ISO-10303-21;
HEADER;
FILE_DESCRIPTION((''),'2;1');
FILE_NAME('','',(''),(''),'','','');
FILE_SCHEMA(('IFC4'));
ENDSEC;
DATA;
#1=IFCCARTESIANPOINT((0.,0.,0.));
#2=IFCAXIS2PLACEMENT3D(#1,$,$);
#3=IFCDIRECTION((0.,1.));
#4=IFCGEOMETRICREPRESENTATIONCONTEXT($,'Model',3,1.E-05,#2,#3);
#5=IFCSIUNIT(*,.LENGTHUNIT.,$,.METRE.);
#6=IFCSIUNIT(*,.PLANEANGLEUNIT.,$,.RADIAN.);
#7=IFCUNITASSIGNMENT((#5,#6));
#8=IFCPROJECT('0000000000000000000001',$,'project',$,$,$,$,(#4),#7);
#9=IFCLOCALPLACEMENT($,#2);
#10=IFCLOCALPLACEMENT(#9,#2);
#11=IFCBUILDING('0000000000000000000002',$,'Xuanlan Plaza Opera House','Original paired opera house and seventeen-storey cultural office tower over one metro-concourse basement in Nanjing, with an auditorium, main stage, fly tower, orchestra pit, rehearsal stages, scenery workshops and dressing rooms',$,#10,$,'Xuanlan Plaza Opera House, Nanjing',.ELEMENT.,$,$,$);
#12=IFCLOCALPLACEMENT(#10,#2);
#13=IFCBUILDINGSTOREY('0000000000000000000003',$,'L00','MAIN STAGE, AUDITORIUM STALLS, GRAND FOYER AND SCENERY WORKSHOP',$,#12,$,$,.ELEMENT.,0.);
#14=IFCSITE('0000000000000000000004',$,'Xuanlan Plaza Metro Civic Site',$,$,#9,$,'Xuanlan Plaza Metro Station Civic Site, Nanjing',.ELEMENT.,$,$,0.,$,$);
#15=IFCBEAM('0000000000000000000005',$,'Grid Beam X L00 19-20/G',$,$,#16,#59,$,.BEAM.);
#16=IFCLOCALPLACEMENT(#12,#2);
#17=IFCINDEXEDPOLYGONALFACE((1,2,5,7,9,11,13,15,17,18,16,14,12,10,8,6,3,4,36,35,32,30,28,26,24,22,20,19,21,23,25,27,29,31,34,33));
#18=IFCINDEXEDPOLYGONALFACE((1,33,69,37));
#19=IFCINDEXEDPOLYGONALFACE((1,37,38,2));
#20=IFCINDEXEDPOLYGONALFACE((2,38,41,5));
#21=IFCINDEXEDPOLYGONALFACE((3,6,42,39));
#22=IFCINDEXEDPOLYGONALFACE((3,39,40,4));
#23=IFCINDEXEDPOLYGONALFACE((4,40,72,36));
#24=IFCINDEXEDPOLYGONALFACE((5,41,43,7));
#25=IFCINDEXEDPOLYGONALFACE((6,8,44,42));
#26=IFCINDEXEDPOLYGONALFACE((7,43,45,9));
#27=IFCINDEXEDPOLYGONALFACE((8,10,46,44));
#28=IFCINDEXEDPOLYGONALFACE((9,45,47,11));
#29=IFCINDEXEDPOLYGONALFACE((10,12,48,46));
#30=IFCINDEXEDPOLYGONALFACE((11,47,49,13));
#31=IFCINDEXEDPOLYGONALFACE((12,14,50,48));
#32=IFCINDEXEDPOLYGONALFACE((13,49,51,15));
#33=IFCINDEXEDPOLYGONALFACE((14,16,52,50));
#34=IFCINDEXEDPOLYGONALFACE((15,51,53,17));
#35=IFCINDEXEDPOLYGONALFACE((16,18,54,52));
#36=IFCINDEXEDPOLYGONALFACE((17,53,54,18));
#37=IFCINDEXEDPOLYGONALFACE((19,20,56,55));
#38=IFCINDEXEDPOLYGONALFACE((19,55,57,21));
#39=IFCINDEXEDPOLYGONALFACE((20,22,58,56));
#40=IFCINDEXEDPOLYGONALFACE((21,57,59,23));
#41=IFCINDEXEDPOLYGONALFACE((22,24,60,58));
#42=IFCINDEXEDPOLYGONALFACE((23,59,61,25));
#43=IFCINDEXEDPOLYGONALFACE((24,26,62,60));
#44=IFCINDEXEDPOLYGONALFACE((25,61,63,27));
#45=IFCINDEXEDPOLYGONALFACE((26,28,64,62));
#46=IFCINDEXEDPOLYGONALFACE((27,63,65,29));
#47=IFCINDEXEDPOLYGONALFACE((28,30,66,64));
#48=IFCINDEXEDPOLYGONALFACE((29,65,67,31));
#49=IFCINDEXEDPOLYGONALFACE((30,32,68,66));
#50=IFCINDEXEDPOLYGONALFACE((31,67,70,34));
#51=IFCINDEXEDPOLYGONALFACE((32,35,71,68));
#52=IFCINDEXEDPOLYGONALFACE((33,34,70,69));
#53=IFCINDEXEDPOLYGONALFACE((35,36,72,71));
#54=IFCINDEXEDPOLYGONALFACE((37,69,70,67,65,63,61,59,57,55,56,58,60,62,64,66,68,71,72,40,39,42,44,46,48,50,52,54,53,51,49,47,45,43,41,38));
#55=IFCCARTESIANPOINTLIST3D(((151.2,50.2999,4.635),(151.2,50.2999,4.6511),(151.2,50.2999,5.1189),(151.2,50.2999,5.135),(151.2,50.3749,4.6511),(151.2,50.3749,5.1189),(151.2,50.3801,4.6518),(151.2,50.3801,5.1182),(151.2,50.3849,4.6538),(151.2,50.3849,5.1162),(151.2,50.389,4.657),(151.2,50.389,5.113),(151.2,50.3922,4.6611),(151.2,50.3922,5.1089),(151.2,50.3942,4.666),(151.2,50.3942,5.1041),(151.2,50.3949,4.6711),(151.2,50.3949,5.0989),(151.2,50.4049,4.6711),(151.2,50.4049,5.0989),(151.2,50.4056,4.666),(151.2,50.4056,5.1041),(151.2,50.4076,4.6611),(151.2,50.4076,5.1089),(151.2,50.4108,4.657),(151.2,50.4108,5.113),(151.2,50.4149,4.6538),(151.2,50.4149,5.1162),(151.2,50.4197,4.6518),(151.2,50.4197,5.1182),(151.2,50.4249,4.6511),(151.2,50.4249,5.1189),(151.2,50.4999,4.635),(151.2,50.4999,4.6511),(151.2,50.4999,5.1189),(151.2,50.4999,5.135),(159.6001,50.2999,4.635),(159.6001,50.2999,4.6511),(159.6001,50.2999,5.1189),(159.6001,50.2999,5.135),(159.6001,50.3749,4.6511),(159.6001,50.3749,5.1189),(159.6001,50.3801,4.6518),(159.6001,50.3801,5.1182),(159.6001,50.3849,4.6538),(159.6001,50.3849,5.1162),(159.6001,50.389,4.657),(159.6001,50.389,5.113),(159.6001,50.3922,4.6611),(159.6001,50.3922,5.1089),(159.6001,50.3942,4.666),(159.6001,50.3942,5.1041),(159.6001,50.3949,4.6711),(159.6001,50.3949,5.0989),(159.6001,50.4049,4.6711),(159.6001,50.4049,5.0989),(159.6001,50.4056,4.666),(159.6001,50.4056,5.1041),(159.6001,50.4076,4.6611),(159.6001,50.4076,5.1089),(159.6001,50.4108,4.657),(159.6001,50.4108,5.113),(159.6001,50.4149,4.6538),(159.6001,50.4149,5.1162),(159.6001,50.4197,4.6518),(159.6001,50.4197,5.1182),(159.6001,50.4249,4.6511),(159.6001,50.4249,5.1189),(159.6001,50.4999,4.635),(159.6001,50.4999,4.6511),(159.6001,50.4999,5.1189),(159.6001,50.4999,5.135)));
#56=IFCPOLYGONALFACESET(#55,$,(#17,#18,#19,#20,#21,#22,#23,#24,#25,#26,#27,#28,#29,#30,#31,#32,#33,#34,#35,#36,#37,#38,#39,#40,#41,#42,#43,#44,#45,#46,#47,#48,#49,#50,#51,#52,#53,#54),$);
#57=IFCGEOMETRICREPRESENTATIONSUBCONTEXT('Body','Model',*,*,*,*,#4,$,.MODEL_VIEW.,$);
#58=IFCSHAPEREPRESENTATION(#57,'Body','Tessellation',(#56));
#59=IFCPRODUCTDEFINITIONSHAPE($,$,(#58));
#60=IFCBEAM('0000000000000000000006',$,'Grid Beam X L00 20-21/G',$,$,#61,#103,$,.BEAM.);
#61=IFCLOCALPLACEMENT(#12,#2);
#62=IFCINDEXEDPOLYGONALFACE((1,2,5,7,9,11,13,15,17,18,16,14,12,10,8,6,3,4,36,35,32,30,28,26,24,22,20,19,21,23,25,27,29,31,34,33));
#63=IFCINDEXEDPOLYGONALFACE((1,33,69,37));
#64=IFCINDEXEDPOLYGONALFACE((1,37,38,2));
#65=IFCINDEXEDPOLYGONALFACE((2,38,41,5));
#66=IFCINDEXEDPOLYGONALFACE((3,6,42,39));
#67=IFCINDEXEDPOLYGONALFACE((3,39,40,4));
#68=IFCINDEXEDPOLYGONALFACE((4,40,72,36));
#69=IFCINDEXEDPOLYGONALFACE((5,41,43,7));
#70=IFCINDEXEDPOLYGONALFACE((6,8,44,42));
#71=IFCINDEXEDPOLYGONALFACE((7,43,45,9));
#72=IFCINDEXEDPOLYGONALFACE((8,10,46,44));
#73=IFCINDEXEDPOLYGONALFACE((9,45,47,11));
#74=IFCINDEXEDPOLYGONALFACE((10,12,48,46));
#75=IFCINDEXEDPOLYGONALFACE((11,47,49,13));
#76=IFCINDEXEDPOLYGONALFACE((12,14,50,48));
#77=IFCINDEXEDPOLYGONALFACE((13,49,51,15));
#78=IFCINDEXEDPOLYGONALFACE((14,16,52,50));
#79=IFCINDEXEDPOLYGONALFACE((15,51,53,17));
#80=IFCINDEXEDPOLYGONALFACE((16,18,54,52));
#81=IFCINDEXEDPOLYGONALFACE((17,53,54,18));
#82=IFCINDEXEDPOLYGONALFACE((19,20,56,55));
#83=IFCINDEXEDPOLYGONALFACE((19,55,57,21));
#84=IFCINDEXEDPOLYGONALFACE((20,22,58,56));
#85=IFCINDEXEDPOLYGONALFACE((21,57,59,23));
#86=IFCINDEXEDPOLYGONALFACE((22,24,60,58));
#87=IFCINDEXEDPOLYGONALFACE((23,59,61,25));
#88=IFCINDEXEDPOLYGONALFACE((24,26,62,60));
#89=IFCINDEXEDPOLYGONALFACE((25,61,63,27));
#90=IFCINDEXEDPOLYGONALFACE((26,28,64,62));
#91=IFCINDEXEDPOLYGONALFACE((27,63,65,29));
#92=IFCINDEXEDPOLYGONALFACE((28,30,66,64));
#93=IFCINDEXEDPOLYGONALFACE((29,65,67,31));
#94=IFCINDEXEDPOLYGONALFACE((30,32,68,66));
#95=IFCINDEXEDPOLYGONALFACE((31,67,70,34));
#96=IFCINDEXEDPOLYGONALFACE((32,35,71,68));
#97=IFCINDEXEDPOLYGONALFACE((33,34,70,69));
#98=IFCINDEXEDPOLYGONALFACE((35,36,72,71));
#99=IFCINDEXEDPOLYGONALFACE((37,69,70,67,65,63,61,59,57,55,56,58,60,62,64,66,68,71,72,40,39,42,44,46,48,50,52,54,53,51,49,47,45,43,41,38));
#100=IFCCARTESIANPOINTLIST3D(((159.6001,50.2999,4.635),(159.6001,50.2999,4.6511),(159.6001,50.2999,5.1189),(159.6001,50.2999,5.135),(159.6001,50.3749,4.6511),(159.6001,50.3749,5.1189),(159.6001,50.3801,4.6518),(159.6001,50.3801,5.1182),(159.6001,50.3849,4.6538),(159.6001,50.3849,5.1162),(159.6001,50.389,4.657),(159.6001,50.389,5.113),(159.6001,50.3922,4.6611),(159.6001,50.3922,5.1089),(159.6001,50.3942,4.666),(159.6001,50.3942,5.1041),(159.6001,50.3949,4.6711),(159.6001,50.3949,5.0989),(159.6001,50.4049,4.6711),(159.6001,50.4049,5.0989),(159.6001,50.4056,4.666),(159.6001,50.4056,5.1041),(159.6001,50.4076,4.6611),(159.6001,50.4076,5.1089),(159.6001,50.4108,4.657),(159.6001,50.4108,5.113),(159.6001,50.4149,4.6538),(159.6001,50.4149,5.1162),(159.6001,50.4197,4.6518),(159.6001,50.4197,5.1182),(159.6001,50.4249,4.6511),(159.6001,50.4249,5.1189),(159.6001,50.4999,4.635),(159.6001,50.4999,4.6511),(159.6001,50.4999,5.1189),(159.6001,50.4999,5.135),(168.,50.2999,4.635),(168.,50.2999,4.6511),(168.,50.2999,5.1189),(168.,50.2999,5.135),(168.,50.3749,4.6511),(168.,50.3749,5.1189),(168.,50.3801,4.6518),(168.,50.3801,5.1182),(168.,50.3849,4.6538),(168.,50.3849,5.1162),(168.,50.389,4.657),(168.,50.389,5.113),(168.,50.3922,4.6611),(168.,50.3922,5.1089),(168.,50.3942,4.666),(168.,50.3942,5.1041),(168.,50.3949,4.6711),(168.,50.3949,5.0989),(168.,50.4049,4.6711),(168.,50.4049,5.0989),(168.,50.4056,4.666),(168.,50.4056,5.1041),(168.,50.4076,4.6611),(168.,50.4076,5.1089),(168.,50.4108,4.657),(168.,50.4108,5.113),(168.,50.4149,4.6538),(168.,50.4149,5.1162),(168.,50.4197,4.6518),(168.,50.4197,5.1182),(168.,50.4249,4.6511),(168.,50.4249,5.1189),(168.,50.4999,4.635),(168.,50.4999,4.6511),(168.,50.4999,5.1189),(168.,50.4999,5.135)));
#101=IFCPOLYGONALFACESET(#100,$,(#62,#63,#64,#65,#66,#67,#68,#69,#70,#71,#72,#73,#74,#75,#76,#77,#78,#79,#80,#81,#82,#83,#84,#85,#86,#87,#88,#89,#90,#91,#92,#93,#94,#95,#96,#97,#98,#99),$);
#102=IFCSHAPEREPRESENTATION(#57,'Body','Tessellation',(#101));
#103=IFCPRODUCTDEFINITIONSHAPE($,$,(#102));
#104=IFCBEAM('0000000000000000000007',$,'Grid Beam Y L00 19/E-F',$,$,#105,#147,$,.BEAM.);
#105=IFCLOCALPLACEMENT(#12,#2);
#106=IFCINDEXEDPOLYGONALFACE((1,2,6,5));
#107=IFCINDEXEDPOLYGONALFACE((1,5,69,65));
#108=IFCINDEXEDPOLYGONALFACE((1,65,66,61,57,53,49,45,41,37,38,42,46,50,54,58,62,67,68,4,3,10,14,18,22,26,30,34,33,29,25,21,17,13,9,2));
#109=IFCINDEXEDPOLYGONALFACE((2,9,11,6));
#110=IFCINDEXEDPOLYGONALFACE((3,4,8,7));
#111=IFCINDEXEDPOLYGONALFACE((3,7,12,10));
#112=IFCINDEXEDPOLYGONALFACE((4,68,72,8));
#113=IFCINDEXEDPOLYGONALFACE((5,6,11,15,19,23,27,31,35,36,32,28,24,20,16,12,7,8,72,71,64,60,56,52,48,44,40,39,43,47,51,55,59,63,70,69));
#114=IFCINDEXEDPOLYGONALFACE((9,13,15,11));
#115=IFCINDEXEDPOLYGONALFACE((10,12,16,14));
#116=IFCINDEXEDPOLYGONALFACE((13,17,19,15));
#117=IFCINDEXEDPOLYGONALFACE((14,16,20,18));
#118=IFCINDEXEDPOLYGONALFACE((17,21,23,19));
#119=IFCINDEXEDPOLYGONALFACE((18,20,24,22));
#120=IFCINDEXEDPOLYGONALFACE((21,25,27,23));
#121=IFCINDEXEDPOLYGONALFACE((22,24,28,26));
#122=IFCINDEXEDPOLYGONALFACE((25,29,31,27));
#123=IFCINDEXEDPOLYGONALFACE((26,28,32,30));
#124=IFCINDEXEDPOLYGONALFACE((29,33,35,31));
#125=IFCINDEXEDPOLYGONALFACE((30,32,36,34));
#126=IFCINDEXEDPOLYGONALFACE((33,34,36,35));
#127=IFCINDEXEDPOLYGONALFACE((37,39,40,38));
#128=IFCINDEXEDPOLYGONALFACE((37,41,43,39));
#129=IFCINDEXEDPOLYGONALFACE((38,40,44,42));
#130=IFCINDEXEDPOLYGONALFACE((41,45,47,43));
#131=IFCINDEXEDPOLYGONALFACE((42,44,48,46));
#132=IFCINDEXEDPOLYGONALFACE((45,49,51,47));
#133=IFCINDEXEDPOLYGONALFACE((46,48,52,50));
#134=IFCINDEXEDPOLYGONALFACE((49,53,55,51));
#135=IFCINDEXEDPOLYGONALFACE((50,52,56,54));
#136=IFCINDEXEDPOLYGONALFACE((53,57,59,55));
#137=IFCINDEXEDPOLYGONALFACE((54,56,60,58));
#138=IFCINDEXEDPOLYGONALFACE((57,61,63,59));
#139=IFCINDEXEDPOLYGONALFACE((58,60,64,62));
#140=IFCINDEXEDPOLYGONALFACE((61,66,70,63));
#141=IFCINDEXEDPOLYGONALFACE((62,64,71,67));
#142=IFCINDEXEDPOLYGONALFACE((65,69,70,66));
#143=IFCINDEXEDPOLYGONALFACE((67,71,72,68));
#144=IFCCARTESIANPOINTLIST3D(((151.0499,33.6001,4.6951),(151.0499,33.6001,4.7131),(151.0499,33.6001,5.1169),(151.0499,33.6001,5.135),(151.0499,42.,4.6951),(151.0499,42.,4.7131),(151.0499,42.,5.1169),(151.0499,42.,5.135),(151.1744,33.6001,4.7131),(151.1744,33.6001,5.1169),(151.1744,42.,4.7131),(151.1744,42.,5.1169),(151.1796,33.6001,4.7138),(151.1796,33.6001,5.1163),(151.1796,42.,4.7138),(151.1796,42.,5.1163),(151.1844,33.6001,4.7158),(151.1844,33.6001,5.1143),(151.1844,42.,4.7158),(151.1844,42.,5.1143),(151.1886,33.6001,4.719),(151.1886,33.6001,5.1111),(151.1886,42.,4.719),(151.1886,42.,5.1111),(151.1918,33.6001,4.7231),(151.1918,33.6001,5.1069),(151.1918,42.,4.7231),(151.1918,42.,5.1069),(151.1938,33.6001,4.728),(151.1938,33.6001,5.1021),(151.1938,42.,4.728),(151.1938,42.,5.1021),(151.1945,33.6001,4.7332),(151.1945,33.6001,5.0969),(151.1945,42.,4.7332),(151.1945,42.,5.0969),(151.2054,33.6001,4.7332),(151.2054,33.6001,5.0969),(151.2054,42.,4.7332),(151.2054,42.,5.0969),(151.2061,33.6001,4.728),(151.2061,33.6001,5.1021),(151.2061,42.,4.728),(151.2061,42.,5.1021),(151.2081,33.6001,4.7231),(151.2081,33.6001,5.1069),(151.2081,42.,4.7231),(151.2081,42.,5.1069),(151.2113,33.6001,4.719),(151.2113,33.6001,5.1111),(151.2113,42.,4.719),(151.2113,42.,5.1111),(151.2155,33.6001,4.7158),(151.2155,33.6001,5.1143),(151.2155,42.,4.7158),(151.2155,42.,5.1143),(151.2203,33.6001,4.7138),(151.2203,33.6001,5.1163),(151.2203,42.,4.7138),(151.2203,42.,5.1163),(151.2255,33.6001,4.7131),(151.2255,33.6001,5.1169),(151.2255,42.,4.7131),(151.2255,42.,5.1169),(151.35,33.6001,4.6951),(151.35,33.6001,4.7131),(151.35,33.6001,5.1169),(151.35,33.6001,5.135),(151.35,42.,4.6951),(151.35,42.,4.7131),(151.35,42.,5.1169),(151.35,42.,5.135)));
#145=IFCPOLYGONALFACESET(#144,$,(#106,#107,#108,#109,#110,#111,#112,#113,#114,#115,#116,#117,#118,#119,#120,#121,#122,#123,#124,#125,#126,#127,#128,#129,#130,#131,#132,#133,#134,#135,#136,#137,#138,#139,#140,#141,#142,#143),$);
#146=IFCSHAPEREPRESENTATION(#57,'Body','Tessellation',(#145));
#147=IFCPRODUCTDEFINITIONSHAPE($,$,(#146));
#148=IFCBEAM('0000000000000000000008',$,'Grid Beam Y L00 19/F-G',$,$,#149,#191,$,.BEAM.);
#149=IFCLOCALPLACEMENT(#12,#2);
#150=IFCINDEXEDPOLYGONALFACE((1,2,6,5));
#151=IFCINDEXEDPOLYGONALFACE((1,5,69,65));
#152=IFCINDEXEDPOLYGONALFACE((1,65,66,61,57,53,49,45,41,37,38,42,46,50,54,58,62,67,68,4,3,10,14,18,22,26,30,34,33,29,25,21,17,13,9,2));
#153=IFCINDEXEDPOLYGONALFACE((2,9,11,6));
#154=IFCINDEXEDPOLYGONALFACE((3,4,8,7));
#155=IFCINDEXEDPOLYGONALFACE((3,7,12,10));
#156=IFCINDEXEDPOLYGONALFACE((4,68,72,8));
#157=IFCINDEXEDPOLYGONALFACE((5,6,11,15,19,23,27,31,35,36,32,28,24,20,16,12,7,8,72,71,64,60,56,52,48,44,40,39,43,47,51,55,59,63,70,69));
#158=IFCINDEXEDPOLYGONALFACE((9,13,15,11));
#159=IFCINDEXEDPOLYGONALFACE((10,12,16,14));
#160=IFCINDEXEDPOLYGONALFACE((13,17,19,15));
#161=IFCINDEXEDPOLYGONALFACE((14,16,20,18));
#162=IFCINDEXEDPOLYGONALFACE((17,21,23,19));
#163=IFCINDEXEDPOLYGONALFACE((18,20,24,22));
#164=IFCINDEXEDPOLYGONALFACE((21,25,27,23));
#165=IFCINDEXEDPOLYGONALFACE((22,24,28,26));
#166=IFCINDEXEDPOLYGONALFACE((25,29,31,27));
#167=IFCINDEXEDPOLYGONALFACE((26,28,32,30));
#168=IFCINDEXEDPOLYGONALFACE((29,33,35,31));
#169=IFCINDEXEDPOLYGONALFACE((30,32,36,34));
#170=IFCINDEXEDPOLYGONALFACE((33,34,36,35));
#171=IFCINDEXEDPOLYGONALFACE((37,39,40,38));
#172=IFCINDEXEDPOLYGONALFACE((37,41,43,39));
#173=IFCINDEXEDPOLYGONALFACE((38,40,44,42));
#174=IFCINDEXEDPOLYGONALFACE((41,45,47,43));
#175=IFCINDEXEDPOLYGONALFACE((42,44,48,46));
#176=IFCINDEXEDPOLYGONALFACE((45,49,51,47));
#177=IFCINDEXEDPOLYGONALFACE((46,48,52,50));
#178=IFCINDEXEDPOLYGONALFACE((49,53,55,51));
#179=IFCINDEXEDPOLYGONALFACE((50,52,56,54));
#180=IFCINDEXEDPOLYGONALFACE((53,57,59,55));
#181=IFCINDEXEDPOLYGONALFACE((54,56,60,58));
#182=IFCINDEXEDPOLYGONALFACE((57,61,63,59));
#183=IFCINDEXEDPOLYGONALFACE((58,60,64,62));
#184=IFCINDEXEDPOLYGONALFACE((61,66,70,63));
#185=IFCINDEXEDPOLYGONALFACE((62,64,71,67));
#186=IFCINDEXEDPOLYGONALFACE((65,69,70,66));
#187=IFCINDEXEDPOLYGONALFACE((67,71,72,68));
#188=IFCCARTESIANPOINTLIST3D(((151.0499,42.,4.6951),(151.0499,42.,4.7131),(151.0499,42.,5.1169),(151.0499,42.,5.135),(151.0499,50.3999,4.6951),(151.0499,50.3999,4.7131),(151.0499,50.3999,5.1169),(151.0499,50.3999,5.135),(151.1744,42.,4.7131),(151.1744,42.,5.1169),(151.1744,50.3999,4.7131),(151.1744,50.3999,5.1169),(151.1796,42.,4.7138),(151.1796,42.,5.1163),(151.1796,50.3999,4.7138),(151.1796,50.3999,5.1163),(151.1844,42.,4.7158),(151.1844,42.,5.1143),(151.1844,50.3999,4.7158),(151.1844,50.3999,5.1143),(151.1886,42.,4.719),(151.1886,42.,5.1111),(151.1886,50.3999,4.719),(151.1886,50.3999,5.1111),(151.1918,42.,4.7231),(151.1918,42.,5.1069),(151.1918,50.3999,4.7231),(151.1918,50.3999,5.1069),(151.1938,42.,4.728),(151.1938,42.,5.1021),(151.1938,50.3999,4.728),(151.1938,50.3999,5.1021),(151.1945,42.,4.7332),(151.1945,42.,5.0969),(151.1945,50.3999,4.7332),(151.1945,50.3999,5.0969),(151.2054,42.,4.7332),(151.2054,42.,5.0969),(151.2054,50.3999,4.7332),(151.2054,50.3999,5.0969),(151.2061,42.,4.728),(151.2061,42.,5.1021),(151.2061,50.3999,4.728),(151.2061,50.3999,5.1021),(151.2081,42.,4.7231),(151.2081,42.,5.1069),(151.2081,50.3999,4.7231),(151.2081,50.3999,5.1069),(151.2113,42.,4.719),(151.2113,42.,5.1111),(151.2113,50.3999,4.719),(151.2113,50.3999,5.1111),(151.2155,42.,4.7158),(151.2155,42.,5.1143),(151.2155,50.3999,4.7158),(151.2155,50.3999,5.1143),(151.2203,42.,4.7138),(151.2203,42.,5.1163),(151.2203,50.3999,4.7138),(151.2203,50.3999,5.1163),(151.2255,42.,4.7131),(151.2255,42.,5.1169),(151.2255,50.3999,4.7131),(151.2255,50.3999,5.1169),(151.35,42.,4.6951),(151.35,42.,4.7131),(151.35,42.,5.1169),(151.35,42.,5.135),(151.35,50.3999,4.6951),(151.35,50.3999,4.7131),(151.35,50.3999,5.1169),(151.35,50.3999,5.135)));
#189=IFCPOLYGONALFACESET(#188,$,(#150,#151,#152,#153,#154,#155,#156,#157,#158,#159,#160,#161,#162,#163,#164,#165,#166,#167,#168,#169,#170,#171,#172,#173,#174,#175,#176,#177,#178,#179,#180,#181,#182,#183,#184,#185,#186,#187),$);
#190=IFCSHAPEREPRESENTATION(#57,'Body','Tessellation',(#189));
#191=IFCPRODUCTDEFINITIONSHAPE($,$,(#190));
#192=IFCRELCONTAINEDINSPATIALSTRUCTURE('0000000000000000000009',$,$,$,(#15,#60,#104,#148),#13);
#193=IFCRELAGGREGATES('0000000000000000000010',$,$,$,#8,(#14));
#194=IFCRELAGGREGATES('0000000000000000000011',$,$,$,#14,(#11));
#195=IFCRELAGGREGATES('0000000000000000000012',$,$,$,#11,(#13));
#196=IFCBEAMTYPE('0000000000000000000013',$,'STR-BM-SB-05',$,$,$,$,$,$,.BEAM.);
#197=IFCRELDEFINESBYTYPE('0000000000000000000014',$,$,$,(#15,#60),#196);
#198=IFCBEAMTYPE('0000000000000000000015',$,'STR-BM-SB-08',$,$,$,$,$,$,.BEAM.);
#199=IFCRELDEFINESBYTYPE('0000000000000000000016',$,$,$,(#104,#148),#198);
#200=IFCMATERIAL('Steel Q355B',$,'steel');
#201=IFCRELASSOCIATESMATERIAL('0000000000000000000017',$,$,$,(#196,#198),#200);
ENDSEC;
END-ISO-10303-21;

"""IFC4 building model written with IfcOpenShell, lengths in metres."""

from ifc_helpers import new_model, si_unit, direction, frame, origin, origin_2d, place, context, subcontext, project, spatial, i_section, extrude, material, material_profile, profile_set, type_object, element, save


model = new_model("IFC4")

# Units and contexts
model_context = context("Model", 3, precision=1e-05, world=origin(), true_north=direction((0.0, 1.0)))
body_context = subcontext(model_context, "Body", "Model", "MODEL_VIEW")
ifc_project = project(units=[si_unit("LENGTHUNIT", "METRE"), si_unit("PLANEANGLEUNIT", "RADIAN")], contexts=[model_context])

# Site, building, storey
site_placement = place(None, origin())
site = spatial("IfcSite", under=ifc_project, at=site_placement, Name="Xuanlan Plaza Metro Civic Site", LongName="Xuanlan Plaza Metro Station Civic Site, Nanjing", CompositionType="ELEMENT", RefElevation=0.0)
building_placement = place(site_placement, origin())
building = spatial("IfcBuilding", under=site, at=building_placement, Name="Xuanlan Plaza Opera House", Description="Original paired opera house and seventeen-storey cultural office tower over one metro-concourse basement in Nanjing, with an auditorium, main stage, fly tower, orchestra pit, rehearsal stages, scenery workshops and dressing rooms", LongName="Xuanlan Plaza Opera House, Nanjing", CompositionType="ELEMENT")
storey_placement = place(building_placement, origin())
storey = spatial("IfcBuildingStorey", under=building, at=storey_placement, Name="L00", Description="MAIN STAGE, AUDITORIUM STALLS, GRAND FOYER AND SCENERY WORKSHOP", CompositionType="ELEMENT", Elevation=0.0)

# Beams
ifc_material_1 = material(Name="Steel Q355B", Category="steel")
ifc_material_profile_1 = material_profile(ifc_material_1, i_section(OverallWidth=0.2, OverallDepth=0.5, WebThickness=0.01, FlangeThickness=0.0161, FilletRadius=0.02, at=origin_2d()), Name="HN 500x200x10x16")
ifc_profile_set_1 = profile_set([ifc_material_profile_1], Name="Steel Q355B")
beam_type_1 = type_object("IfcBeamType", Name="STR-BM-SB-05", PredefinedType="BEAM", material=ifc_profile_set_1)
beam_1_placement = place(storey_placement, frame((151.2, 50.3999, 4.885), z_axis=(1.0, 0.0, 0.0), x_axis=(0.0, 1.0, 0.0)))
element("IfcBeam", 1, at=beam_1_placement, inside=storey, type_object=beam_type_1, Name="Grid Beam X L00 19-20/G", PredefinedType="BEAM", context=body_context, shape_type="SweptSolid", body=[
    extrude(i_section(OverallWidth=0.2, OverallDepth=0.5, WebThickness=0.01, FlangeThickness=0.0161, FilletRadius=0.02, at=origin_2d()), origin(), (0.0, 0.0, 1.0), 8.4001),
])
beam_2_placement = place(storey_placement, frame((159.6001, 50.3999, 4.885), z_axis=(1.0, 0.0, 0.0), x_axis=(0.0, 1.0, 0.0)))
element("IfcBeam", 2, at=beam_2_placement, inside=storey, type_object=beam_type_1, Name="Grid Beam X L00 20-21/G", PredefinedType="BEAM", context=body_context, shape_type="SweptSolid", body=[
    extrude(i_section(OverallWidth=0.2, OverallDepth=0.5, WebThickness=0.01, FlangeThickness=0.0161, FilletRadius=0.02, at=origin_2d()), origin(), (0.0, 0.0, 1.0), 8.3999),
])
ifc_material_profile_2 = material_profile(ifc_material_1, i_section(OverallWidth=0.3, OverallDepth=0.4399, WebThickness=0.011, FlangeThickness=0.0181, FilletRadius=0.02, at=origin_2d()), Name="HM 440x300x11x18")
ifc_profile_set_2 = profile_set([ifc_material_profile_2], Name="Steel Q355B")
beam_type_2 = type_object("IfcBeamType", Name="STR-BM-SB-08", PredefinedType="BEAM", material=ifc_profile_set_2)
for number, where, z_axis, x_axis, name in (
    (3, (151.2, 33.6001, 4.915), (0.0, 1.0, 0.0), (-1.0, 0.0, 0.0), "Grid Beam Y L00 19/E-F"),
    (4, (151.2, 42.0, 4.915), (0.0, 1.0, 0.0), (-1.0, 0.0, 0.0), "Grid Beam Y L00 19/F-G"),
):
    element("IfcBeam", number, at=place(storey_placement, frame(where, z_axis=z_axis, x_axis=x_axis)), inside=storey, type_object=beam_type_2, Name=name, PredefinedType="BEAM", context=body_context, shape_type="SweptSolid", body=[
        extrude(i_section(OverallWidth=0.3, OverallDepth=0.4399, WebThickness=0.011, FlangeThickness=0.0181, FilletRadius=0.02, at=origin_2d()), origin(), (0.0, 0.0, 1.0), 8.3999),
    ])

save(model, "model.ifc")
